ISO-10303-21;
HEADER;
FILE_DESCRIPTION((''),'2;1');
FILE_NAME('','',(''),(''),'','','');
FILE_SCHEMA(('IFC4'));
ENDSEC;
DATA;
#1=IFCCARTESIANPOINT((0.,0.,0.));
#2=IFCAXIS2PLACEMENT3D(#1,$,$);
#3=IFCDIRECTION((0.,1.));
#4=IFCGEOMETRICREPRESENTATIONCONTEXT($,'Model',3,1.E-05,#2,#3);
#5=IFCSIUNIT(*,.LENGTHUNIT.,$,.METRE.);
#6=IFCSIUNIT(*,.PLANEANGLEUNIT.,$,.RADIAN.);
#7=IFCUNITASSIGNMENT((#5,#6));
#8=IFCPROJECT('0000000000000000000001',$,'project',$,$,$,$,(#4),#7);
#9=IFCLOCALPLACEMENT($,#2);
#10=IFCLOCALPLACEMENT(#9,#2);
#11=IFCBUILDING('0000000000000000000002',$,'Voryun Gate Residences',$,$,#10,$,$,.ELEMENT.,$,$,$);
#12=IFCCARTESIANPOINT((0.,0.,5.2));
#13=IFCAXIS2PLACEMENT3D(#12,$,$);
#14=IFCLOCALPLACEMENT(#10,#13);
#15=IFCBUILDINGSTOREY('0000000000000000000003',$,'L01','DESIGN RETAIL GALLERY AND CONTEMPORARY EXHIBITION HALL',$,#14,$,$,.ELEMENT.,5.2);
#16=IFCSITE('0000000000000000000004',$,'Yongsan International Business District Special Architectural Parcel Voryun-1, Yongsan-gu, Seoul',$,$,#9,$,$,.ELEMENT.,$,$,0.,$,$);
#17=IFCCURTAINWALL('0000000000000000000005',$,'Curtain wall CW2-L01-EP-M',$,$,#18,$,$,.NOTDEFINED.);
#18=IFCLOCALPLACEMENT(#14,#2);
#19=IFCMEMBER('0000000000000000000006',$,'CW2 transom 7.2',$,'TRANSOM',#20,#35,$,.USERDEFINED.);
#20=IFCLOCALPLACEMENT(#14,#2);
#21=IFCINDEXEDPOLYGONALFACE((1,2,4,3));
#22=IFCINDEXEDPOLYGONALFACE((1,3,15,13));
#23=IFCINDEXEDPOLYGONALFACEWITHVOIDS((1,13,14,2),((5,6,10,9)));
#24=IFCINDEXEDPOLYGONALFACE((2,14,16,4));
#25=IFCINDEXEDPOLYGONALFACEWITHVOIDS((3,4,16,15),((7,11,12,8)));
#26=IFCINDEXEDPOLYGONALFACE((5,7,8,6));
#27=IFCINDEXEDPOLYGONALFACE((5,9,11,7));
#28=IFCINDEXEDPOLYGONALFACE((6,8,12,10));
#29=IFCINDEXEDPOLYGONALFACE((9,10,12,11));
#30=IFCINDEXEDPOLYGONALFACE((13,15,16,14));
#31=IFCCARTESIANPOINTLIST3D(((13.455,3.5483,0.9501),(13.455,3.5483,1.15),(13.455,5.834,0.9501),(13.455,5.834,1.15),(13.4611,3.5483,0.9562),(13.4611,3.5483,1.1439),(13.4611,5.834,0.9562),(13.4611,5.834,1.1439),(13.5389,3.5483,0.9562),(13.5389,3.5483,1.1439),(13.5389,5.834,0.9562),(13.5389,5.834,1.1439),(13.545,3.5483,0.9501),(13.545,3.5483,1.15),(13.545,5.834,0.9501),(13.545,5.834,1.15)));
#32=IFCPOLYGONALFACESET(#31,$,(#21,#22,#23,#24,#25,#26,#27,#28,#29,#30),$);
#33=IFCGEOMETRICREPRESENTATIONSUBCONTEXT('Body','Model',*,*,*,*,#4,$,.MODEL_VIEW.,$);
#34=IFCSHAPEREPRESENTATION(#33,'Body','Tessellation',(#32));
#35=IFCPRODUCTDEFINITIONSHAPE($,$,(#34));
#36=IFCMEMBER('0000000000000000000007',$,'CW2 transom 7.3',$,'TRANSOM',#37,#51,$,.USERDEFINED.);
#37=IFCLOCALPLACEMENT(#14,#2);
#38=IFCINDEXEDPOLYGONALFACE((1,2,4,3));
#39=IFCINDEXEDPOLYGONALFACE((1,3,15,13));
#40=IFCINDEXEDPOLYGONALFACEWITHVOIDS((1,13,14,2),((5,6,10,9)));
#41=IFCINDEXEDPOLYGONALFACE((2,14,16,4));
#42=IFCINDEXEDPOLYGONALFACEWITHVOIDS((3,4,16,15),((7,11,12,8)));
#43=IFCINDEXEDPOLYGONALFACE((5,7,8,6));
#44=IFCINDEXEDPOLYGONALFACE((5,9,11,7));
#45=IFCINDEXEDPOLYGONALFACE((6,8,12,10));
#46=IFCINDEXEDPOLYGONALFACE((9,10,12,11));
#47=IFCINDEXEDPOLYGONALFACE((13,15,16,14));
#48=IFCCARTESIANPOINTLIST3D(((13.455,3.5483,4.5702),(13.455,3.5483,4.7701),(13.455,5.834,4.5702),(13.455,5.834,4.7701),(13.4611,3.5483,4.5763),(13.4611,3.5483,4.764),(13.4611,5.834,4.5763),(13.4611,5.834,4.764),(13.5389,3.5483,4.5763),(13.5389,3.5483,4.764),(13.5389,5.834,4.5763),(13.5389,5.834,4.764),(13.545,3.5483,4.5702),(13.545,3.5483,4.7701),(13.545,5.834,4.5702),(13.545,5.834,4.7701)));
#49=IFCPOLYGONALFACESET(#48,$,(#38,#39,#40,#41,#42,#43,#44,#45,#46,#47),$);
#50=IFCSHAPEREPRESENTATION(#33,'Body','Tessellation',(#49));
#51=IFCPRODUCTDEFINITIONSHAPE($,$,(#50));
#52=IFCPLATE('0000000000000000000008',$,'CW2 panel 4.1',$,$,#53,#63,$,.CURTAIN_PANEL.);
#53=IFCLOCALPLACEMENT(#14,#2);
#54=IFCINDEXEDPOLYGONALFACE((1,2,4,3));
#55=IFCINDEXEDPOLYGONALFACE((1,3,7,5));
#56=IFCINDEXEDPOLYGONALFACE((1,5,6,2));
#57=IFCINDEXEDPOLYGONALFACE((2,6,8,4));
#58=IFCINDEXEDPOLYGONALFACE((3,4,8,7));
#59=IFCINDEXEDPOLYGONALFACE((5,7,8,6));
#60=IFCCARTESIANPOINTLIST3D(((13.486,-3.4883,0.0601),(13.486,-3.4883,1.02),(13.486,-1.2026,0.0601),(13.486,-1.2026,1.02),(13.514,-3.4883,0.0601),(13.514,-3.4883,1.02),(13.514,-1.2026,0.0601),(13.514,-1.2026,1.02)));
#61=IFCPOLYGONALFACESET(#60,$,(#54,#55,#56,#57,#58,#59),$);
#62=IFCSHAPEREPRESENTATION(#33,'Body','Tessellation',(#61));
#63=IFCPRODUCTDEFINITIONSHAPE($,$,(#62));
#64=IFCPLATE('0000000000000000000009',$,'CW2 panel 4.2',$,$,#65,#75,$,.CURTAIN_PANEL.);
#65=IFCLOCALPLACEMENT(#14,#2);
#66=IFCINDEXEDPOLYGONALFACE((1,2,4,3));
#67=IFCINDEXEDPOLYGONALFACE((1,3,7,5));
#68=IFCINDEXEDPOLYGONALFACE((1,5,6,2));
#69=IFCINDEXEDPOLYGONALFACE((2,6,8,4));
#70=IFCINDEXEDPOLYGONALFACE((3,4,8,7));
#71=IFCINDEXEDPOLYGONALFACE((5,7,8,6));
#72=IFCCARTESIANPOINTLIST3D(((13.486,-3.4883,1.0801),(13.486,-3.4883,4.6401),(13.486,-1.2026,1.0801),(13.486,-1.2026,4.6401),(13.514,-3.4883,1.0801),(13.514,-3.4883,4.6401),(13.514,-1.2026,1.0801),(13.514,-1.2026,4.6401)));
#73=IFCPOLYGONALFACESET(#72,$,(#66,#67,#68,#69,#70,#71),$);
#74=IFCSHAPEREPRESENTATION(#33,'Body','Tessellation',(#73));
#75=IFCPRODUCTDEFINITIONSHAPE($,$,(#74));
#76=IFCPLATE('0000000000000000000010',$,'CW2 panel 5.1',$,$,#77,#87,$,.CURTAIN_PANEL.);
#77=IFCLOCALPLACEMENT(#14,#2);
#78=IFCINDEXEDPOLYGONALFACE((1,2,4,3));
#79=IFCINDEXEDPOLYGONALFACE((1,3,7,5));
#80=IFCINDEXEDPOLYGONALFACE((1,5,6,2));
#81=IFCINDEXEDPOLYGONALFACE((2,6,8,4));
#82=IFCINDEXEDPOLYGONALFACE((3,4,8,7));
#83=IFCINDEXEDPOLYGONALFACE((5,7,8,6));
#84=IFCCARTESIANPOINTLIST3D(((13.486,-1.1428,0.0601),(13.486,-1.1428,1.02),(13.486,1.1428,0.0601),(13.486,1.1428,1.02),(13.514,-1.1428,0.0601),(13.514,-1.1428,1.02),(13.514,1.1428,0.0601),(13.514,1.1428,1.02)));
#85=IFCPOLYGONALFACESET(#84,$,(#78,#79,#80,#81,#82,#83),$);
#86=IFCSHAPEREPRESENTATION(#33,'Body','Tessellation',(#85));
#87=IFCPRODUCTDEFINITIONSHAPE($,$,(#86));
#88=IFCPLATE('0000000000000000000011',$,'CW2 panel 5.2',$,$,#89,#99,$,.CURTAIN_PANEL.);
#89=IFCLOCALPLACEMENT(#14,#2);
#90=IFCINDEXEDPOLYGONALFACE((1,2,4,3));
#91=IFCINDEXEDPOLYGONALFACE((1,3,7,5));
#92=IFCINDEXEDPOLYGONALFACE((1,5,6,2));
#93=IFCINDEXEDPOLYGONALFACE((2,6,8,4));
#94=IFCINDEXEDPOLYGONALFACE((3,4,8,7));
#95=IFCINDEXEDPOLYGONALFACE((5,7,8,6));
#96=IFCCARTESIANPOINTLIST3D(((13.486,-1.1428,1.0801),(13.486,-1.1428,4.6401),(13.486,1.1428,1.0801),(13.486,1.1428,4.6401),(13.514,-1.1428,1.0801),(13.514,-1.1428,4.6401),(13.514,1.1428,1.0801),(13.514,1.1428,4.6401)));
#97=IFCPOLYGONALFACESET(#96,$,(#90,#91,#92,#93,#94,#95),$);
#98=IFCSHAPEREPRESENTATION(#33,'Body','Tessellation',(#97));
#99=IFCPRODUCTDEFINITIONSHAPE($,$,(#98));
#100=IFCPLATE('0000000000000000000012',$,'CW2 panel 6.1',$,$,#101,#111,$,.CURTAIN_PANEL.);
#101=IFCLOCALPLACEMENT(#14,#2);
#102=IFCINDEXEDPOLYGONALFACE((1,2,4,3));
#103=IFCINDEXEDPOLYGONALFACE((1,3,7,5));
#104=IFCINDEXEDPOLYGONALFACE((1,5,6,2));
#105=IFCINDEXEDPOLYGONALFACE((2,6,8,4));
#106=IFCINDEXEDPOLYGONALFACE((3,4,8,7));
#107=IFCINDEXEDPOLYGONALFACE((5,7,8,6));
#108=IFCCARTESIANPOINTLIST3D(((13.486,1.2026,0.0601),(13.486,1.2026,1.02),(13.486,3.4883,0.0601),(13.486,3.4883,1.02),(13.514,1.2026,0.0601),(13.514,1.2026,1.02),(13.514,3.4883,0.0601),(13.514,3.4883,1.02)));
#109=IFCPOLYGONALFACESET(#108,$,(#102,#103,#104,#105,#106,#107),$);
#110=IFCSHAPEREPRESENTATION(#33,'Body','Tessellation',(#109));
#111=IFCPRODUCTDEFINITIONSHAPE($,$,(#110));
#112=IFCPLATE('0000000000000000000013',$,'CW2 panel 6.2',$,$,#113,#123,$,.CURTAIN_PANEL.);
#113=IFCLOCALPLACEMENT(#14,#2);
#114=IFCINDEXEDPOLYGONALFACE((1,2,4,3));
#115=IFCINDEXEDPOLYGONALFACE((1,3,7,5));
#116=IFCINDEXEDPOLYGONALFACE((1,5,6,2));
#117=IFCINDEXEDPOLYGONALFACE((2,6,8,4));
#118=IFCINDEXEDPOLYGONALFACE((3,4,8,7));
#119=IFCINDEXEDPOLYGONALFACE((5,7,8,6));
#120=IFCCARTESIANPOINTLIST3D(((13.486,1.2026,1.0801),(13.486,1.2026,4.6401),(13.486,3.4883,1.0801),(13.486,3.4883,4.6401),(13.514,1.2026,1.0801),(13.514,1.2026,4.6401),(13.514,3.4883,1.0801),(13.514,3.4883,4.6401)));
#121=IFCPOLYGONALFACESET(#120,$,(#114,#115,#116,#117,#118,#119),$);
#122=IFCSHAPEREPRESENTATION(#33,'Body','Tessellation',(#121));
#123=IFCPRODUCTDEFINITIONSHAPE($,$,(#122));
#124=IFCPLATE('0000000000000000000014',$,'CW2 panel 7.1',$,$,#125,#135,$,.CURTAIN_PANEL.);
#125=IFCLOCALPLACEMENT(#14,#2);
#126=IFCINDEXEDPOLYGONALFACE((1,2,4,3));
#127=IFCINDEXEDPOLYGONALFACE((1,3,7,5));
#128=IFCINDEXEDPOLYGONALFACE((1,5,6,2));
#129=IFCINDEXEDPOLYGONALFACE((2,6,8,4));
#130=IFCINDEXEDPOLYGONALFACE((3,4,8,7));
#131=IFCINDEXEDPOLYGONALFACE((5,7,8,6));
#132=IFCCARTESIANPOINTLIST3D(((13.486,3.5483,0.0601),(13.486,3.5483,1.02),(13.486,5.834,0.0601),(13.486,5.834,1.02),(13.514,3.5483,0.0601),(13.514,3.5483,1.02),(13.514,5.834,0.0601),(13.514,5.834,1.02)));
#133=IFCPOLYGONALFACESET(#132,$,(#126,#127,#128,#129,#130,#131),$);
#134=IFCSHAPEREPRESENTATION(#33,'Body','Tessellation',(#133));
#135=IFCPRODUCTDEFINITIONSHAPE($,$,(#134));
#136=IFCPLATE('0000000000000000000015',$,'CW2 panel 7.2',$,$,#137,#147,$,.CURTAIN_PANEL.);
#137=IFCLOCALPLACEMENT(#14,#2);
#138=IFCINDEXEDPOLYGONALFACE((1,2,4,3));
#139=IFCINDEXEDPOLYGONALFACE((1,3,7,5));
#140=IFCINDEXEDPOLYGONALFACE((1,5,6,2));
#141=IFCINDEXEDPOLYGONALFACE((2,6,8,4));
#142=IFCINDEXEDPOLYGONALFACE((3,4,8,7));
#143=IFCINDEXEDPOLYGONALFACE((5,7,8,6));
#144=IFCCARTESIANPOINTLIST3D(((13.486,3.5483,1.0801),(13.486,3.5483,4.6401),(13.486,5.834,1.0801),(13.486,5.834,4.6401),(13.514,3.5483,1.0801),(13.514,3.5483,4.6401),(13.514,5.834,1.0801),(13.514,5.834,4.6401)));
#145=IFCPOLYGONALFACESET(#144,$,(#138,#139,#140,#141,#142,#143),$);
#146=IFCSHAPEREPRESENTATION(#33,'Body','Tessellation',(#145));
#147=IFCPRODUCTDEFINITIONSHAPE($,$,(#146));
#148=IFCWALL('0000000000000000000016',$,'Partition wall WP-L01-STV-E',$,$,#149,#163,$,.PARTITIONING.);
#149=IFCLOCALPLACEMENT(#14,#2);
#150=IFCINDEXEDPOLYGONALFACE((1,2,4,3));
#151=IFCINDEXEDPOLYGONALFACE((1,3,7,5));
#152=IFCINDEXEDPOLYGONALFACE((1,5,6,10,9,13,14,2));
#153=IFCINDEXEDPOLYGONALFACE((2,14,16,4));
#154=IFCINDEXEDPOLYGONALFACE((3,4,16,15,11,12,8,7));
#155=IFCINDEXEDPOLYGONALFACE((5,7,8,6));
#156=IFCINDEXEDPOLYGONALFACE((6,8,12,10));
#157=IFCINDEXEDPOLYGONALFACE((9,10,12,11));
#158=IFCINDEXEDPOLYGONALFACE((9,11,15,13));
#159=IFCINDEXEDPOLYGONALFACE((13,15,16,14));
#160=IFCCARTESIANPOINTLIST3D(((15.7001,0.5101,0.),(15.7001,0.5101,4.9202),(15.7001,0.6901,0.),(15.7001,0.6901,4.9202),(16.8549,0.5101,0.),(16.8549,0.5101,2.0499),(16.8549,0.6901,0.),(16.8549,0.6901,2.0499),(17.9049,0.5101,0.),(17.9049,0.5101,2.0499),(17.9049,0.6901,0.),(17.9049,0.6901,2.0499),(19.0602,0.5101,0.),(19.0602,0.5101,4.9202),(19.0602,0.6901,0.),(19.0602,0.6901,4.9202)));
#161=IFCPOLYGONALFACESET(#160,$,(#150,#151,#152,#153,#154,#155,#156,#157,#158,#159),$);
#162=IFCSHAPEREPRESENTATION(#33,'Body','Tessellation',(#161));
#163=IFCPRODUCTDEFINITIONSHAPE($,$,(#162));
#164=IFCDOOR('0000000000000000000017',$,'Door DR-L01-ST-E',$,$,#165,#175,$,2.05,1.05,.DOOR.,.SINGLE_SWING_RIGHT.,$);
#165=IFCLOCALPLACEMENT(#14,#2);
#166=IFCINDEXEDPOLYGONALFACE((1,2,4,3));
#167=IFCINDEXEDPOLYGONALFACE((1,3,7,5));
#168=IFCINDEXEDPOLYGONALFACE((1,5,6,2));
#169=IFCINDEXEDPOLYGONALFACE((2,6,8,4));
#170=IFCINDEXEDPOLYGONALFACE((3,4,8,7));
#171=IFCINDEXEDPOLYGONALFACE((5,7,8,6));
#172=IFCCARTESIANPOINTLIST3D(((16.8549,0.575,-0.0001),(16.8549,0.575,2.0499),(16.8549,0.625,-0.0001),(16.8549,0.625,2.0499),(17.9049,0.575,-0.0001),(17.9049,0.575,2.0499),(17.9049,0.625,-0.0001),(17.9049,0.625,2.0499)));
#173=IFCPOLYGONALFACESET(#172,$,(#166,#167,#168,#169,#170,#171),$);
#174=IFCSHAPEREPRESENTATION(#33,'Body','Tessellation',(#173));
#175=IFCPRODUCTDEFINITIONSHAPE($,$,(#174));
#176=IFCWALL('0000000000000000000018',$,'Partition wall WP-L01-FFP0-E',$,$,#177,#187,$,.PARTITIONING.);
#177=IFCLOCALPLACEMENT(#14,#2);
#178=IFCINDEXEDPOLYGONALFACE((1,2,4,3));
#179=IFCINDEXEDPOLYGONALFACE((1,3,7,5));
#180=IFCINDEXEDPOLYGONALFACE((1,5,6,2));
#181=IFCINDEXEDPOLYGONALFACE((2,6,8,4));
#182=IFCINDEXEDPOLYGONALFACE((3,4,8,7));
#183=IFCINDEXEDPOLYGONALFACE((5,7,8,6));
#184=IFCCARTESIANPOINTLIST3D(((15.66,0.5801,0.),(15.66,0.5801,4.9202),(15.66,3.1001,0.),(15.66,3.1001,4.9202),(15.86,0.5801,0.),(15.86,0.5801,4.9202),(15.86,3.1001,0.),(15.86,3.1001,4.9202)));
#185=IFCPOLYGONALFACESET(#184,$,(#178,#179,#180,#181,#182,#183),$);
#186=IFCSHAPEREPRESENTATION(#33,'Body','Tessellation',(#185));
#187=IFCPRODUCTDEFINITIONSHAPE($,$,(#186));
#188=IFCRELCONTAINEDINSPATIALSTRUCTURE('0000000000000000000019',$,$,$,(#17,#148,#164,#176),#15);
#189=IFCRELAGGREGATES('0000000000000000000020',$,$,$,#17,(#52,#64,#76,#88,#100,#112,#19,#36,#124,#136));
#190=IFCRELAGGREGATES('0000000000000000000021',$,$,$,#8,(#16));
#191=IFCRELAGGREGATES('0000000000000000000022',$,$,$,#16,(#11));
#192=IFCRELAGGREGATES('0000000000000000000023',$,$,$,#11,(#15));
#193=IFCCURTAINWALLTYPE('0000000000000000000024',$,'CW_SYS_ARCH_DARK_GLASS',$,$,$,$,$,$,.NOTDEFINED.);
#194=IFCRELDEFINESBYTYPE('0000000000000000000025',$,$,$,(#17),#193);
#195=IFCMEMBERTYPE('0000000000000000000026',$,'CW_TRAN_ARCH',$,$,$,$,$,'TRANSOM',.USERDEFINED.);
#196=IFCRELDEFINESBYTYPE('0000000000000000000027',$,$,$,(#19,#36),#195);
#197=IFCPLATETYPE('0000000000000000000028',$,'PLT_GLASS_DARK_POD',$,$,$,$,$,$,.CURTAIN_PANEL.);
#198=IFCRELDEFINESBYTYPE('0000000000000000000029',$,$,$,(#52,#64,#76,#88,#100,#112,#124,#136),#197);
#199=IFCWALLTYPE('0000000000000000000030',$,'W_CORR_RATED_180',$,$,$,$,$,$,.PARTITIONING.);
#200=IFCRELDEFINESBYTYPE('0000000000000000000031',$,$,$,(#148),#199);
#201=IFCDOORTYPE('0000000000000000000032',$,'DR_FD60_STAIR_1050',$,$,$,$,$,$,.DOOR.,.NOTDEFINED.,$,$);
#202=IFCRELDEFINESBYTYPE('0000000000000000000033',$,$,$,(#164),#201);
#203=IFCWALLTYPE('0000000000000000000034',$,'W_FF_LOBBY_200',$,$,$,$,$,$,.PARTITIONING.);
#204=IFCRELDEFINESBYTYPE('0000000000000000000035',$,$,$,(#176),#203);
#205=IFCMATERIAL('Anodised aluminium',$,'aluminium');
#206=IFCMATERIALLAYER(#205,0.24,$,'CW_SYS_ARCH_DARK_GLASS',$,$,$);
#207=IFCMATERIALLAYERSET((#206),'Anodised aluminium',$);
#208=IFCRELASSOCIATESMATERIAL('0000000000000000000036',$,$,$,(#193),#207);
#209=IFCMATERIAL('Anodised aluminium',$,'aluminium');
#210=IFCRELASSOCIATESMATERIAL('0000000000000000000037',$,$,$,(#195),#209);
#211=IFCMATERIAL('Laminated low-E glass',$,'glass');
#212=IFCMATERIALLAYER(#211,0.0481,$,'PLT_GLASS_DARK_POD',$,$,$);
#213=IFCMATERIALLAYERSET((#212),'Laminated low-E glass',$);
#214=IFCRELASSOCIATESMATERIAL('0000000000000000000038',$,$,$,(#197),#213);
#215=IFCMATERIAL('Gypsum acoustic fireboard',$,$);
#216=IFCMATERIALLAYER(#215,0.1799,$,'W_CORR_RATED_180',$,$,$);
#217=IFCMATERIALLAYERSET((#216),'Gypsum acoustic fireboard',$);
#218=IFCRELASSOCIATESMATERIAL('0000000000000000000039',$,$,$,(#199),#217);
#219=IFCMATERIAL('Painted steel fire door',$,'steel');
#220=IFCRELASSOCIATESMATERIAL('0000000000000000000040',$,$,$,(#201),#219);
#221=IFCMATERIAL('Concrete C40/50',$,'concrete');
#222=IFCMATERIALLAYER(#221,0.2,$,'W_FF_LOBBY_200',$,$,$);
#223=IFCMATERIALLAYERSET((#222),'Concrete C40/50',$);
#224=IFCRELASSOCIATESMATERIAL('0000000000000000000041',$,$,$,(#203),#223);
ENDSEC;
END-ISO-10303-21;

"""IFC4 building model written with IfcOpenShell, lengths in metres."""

from ifc_helpers import new_model, si_unit, direction, frame, frame_2d, origin, origin_2d, place, context, subcontext, project, spatial, rectangle, hollow_rectangle, extrude, material, layer, layer_set, material_profile, profile_set, type_object, element, fill, aggregate, save


model = new_model("IFC4")

# Units and contexts
model_context = context("Model", 3, precision=1e-05, world=origin(), true_north=direction((0.0, 1.0)))
body_context = subcontext(model_context, "Body", "Model", "MODEL_VIEW")
ifc_project = project(units=[si_unit("LENGTHUNIT", "METRE"), si_unit("PLANEANGLEUNIT", "RADIAN")], contexts=[model_context])

# Site, building, storey
site_placement = place(None, origin())
site = spatial("IfcSite", under=ifc_project, at=site_placement, Name="Yongsan International Business District Special Architectural Parcel Voryun-1, Yongsan-gu, Seoul", CompositionType="ELEMENT", RefElevation=0.0)
building_placement = place(site_placement, origin())
building = spatial("IfcBuilding", under=site, at=building_placement, Name="Voryun Gate Residences", CompositionType="ELEMENT")
storey_placement = place(building_placement, frame((0.0, 0.0, 5.2)))
storey = spatial("IfcBuildingStorey", under=building, at=storey_placement, Name="L01", Description="DESIGN RETAIL GALLERY AND CONTEMPORARY EXHIBITION HALL", CompositionType="ELEMENT", Elevation=5.2)

# Curtain wall, members, plates
ifc_material_1 = material(Name="Anodised aluminium", Category="aluminium")
ifc_layer_1 = layer(ifc_material_1, 0.24, Name="CW_SYS_ARCH_DARK_GLASS")
ifc_layer_set_1 = layer_set([ifc_layer_1], Name="Anodised aluminium")
curtain_wall_type = type_object("IfcCurtainWallType", Name="CW_SYS_ARCH_DARK_GLASS", PredefinedType="NOTDEFINED", material=ifc_layer_set_1)
curtain_wall_placement = place(storey_placement, origin())
curtain_wall = element("IfcCurtainWall", 1, at=curtain_wall_placement, inside=storey, type_object=curtain_wall_type, Name="Curtain wall CW2-L01-EP-M", PredefinedType="NOTDEFINED")
ifc_material_2 = material(Name="Anodised aluminium", Category="aluminium")
ifc_material_profile_1 = material_profile(ifc_material_2, hollow_rectangle(XDim=0.0901, YDim=0.2, WallThickness=0.0061, at=origin_2d()), Name="ALU-TRAN-200x90x6")
ifc_profile_set_1 = profile_set([ifc_material_profile_1], Name="Anodised aluminium")
member_type_1 = type_object("IfcMemberType", Name="CW_TRAN_ARCH", ElementType="TRANSOM", PredefinedType="USERDEFINED", material=ifc_profile_set_1)
member_1_placement = place(storey_placement, frame((13.5, 3.5483, 1.05), z_axis=(0.0, 1.0, 0.0), x_axis=(-1.0, 0.0, 0.0)))
member_1 = element("IfcMember", 2, at=member_1_placement, type_object=member_type_1, Name="CW2 transom 7.2", ObjectType="TRANSOM", PredefinedType="USERDEFINED", context=body_context, shape_type="SweptSolid", body=[
    extrude(hollow_rectangle(XDim=0.0901, YDim=0.2, WallThickness=0.0061, at=origin_2d()), origin(), (0.0, 0.0, 1.0), 2.2856),
])
member_2_placement = place(storey_placement, frame((13.5, 3.5483, 4.6702), z_axis=(0.0, 1.0, 0.0), x_axis=(-1.0, 0.0, 0.0)))
member_2 = element("IfcMember", 3, at=member_2_placement, type_object=member_type_1, Name="CW2 transom 7.3", ObjectType="TRANSOM", PredefinedType="USERDEFINED", context=body_context, shape_type="SweptSolid", body=[
    extrude(hollow_rectangle(XDim=0.0901, YDim=0.2, WallThickness=0.0061, at=origin_2d()), origin(), (0.0, 0.0, 1.0), 2.2856),
])
ifc_material_3 = material(Name="Laminated low-E glass", Category="glass")
ifc_layer_2 = layer(ifc_material_3, 0.0481, Name="PLT_GLASS_DARK_POD")
ifc_layer_set_2 = layer_set([ifc_layer_2], Name="Laminated low-E glass")
plate_type = type_object("IfcPlateType", Name="PLT_GLASS_DARK_POD", PredefinedType="CURTAIN_PANEL", material=ifc_layer_set_2)
plate_1_placement = place(storey_placement, frame((13.5, -2.3455, 0.0601), z_axis=(0.0, 0.0, 1.0), x_axis=(0.0, 1.0, 0.0)))
plate_1 = element("IfcPlate", 4, at=plate_1_placement, type_object=plate_type, Name="CW2 panel 4.1", PredefinedType="CURTAIN_PANEL", context=body_context, shape_type="SweptSolid", body=[
    extrude(rectangle(XDim=2.2856, YDim=0.0281, at=origin_2d()), origin(), (0.0, 0.0, 1.0), 0.96),
])
plate_2_placement = place(storey_placement, frame((13.5, -2.3455, 1.0801), z_axis=(0.0, 0.0, 1.0), x_axis=(0.0, 1.0, 0.0)))
plate_2 = element("IfcPlate", 5, at=plate_2_placement, type_object=plate_type, Name="CW2 panel 4.2", PredefinedType="CURTAIN_PANEL", context=body_context, shape_type="SweptSolid", body=[
    extrude(rectangle(XDim=2.2856, YDim=0.0281, at=origin_2d()), origin(), (0.0, 0.0, 1.0), 3.5601),
])
plate_3_placement = place(storey_placement, frame((13.5, 0.0, 0.0601), z_axis=(0.0, 0.0, 1.0), x_axis=(0.0, 1.0, 0.0)))
plate_3 = element("IfcPlate", 6, at=plate_3_placement, type_object=plate_type, Name="CW2 panel 5.1", PredefinedType="CURTAIN_PANEL", context=body_context, shape_type="SweptSolid", body=[
    extrude(rectangle(XDim=2.2856, YDim=0.0281, at=origin_2d()), origin(), (0.0, 0.0, 1.0), 0.96),
])
plate_4_placement = place(storey_placement, frame((13.5, 0.0, 1.0801), z_axis=(0.0, 0.0, 1.0), x_axis=(0.0, 1.0, 0.0)))
plate_4 = element("IfcPlate", 7, at=plate_4_placement, type_object=plate_type, Name="CW2 panel 5.2", PredefinedType="CURTAIN_PANEL", context=body_context, shape_type="SweptSolid", body=[
    extrude(rectangle(XDim=2.2856, YDim=0.0281, at=origin_2d()), origin(), (0.0, 0.0, 1.0), 3.5601),
])
plate_5_placement = place(storey_placement, frame((13.5, 2.3455, 0.0601), z_axis=(0.0, 0.0, 1.0), x_axis=(0.0, 1.0, 0.0)))
plate_5 = element("IfcPlate", 8, at=plate_5_placement, type_object=plate_type, Name="CW2 panel 6.1", PredefinedType="CURTAIN_PANEL", context=body_context, shape_type="SweptSolid", body=[
    extrude(rectangle(XDim=2.2856, YDim=0.0281, at=origin_2d()), origin(), (0.0, 0.0, 1.0), 0.96),
])
plate_6_placement = place(storey_placement, frame((13.5, 2.3455, 1.0801), z_axis=(0.0, 0.0, 1.0), x_axis=(0.0, 1.0, 0.0)))
plate_6 = element("IfcPlate", 9, at=plate_6_placement, type_object=plate_type, Name="CW2 panel 6.2", PredefinedType="CURTAIN_PANEL", context=body_context, shape_type="SweptSolid", body=[
    extrude(rectangle(XDim=2.2856, YDim=0.0281, at=origin_2d()), origin(), (0.0, 0.0, 1.0), 3.5601),
])
plate_7_placement = place(storey_placement, frame((13.5, 4.6912, 0.0601), z_axis=(0.0, 0.0, 1.0), x_axis=(0.0, 1.0, 0.0)))
plate_7 = element("IfcPlate", 10, at=plate_7_placement, type_object=plate_type, Name="CW2 panel 7.1", PredefinedType="CURTAIN_PANEL", context=body_context, shape_type="SweptSolid", body=[
    extrude(rectangle(XDim=2.2856, YDim=0.0281, at=origin_2d()), origin(), (0.0, 0.0, 1.0), 0.96),
])
plate_8_placement = place(storey_placement, frame((13.5, 4.6912, 1.0801), z_axis=(0.0, 0.0, 1.0), x_axis=(0.0, 1.0, 0.0)))
plate_8 = element("IfcPlate", 11, at=plate_8_placement, type_object=plate_type, Name="CW2 panel 7.2", PredefinedType="CURTAIN_PANEL", context=body_context, shape_type="SweptSolid", body=[
    extrude(rectangle(XDim=2.2856, YDim=0.0281, at=origin_2d()), origin(), (0.0, 0.0, 1.0), 3.5601),
])
aggregate(curtain_wall, [plate_1, plate_2, plate_3, plate_4, plate_5, plate_6, member_1, member_2, plate_7, plate_8])

# Wall, opening, door
ifc_material_4 = material(Name="Gypsum acoustic fireboard")
ifc_layer_3 = layer(ifc_material_4, 0.1799, Name="W_CORR_RATED_180")
ifc_layer_set_3 = layer_set([ifc_layer_3], Name="Gypsum acoustic fireboard")
wall_type_1 = type_object("IfcWallType", Name="W_CORR_RATED_180", PredefinedType="PARTITIONING", material=ifc_layer_set_3)
wall_1_placement = place(storey_placement, frame((15.7, 0.6001, 0.0), z_axis=(0.0, 0.0, 1.0), x_axis=(1.0, 0.0, 0.0)))
wall_1 = element("IfcWall", 12, at=wall_1_placement, inside=storey, type_object=wall_type_1, Name="Partition wall WP-L01-STV-E", PredefinedType="PARTITIONING", context=body_context, shape_type="SweptSolid", body=[
    extrude(rectangle(XDim=3.3601, YDim=0.1799, at=frame_2d((1.6802, 0.0))), origin(), (0.0, 0.0, 1.0), 4.9202),
])
opening_placement = place(wall_1_placement, frame((1.155, 0.0, 0.0)))
opening = element("IfcOpeningElement", 13, at=opening_placement, cuts=wall_1, PredefinedType="OPENING", context=body_context, shape_type="SweptSolid", body=[
    extrude(rectangle(XDim=1.05, YDim=2.05, at=frame_2d((0.5249, 1.0249))), frame((0.0, 0.0999, 0.0), z_axis=(0.0, -1.0, 0.0), x_axis=(1.0, 0.0, 0.0)), (0.0, 0.0, 1.0), 0.2),
])
ifc_material_5 = material(Name="Painted steel fire door", Category="steel")
door_type = type_object("IfcDoorType", Name="DR_FD60_STAIR_1050", OperationType="NOTDEFINED", PredefinedType="DOOR", material=ifc_material_5)
door_placement = place(opening_placement, origin())
door = element("IfcDoor", 14, at=door_placement, inside=storey, type_object=door_type, Name="Door DR-L01-ST-E", OperationType="SINGLE_SWING_RIGHT", OverallHeight=2.05, OverallWidth=1.05, PredefinedType="DOOR", context=body_context, shape_type="SweptSolid", body=[
    extrude(rectangle(XDim=1.05, YDim=2.05, at=frame_2d((0.5249, 1.0249))), frame((0.0, 0.0249, 0.0), z_axis=(0.0, -1.0, 0.0), x_axis=(1.0, 0.0, 0.0)), (0.0, 0.0, 1.0), 0.05),
])
fill(opening, door)

# Wall
ifc_material_6 = material(Name="Concrete C40/50", Category="concrete")
ifc_layer_4 = layer(ifc_material_6, 0.2, Name="W_FF_LOBBY_200")
ifc_layer_set_4 = layer_set([ifc_layer_4], Name="Concrete C40/50")
wall_type_2 = type_object("IfcWallType", Name="W_FF_LOBBY_200", PredefinedType="PARTITIONING", material=ifc_layer_set_4)
wall_2_placement = place(storey_placement, frame((15.76, 0.5801, 0.0), z_axis=(0.0, 0.0, 1.0), x_axis=(0.0, 1.0, 0.0)))
element("IfcWall", 15, at=wall_2_placement, inside=storey, type_object=wall_type_2, Name="Partition wall WP-L01-FFP0-E", PredefinedType="PARTITIONING", context=body_context, shape_type="SweptSolid", body=[
    extrude(rectangle(XDim=2.52, YDim=0.2, at=frame_2d((1.26, 0.0))), origin(), (0.0, 0.0, 1.0), 4.9202),
])

save(model, "model.ifc")
